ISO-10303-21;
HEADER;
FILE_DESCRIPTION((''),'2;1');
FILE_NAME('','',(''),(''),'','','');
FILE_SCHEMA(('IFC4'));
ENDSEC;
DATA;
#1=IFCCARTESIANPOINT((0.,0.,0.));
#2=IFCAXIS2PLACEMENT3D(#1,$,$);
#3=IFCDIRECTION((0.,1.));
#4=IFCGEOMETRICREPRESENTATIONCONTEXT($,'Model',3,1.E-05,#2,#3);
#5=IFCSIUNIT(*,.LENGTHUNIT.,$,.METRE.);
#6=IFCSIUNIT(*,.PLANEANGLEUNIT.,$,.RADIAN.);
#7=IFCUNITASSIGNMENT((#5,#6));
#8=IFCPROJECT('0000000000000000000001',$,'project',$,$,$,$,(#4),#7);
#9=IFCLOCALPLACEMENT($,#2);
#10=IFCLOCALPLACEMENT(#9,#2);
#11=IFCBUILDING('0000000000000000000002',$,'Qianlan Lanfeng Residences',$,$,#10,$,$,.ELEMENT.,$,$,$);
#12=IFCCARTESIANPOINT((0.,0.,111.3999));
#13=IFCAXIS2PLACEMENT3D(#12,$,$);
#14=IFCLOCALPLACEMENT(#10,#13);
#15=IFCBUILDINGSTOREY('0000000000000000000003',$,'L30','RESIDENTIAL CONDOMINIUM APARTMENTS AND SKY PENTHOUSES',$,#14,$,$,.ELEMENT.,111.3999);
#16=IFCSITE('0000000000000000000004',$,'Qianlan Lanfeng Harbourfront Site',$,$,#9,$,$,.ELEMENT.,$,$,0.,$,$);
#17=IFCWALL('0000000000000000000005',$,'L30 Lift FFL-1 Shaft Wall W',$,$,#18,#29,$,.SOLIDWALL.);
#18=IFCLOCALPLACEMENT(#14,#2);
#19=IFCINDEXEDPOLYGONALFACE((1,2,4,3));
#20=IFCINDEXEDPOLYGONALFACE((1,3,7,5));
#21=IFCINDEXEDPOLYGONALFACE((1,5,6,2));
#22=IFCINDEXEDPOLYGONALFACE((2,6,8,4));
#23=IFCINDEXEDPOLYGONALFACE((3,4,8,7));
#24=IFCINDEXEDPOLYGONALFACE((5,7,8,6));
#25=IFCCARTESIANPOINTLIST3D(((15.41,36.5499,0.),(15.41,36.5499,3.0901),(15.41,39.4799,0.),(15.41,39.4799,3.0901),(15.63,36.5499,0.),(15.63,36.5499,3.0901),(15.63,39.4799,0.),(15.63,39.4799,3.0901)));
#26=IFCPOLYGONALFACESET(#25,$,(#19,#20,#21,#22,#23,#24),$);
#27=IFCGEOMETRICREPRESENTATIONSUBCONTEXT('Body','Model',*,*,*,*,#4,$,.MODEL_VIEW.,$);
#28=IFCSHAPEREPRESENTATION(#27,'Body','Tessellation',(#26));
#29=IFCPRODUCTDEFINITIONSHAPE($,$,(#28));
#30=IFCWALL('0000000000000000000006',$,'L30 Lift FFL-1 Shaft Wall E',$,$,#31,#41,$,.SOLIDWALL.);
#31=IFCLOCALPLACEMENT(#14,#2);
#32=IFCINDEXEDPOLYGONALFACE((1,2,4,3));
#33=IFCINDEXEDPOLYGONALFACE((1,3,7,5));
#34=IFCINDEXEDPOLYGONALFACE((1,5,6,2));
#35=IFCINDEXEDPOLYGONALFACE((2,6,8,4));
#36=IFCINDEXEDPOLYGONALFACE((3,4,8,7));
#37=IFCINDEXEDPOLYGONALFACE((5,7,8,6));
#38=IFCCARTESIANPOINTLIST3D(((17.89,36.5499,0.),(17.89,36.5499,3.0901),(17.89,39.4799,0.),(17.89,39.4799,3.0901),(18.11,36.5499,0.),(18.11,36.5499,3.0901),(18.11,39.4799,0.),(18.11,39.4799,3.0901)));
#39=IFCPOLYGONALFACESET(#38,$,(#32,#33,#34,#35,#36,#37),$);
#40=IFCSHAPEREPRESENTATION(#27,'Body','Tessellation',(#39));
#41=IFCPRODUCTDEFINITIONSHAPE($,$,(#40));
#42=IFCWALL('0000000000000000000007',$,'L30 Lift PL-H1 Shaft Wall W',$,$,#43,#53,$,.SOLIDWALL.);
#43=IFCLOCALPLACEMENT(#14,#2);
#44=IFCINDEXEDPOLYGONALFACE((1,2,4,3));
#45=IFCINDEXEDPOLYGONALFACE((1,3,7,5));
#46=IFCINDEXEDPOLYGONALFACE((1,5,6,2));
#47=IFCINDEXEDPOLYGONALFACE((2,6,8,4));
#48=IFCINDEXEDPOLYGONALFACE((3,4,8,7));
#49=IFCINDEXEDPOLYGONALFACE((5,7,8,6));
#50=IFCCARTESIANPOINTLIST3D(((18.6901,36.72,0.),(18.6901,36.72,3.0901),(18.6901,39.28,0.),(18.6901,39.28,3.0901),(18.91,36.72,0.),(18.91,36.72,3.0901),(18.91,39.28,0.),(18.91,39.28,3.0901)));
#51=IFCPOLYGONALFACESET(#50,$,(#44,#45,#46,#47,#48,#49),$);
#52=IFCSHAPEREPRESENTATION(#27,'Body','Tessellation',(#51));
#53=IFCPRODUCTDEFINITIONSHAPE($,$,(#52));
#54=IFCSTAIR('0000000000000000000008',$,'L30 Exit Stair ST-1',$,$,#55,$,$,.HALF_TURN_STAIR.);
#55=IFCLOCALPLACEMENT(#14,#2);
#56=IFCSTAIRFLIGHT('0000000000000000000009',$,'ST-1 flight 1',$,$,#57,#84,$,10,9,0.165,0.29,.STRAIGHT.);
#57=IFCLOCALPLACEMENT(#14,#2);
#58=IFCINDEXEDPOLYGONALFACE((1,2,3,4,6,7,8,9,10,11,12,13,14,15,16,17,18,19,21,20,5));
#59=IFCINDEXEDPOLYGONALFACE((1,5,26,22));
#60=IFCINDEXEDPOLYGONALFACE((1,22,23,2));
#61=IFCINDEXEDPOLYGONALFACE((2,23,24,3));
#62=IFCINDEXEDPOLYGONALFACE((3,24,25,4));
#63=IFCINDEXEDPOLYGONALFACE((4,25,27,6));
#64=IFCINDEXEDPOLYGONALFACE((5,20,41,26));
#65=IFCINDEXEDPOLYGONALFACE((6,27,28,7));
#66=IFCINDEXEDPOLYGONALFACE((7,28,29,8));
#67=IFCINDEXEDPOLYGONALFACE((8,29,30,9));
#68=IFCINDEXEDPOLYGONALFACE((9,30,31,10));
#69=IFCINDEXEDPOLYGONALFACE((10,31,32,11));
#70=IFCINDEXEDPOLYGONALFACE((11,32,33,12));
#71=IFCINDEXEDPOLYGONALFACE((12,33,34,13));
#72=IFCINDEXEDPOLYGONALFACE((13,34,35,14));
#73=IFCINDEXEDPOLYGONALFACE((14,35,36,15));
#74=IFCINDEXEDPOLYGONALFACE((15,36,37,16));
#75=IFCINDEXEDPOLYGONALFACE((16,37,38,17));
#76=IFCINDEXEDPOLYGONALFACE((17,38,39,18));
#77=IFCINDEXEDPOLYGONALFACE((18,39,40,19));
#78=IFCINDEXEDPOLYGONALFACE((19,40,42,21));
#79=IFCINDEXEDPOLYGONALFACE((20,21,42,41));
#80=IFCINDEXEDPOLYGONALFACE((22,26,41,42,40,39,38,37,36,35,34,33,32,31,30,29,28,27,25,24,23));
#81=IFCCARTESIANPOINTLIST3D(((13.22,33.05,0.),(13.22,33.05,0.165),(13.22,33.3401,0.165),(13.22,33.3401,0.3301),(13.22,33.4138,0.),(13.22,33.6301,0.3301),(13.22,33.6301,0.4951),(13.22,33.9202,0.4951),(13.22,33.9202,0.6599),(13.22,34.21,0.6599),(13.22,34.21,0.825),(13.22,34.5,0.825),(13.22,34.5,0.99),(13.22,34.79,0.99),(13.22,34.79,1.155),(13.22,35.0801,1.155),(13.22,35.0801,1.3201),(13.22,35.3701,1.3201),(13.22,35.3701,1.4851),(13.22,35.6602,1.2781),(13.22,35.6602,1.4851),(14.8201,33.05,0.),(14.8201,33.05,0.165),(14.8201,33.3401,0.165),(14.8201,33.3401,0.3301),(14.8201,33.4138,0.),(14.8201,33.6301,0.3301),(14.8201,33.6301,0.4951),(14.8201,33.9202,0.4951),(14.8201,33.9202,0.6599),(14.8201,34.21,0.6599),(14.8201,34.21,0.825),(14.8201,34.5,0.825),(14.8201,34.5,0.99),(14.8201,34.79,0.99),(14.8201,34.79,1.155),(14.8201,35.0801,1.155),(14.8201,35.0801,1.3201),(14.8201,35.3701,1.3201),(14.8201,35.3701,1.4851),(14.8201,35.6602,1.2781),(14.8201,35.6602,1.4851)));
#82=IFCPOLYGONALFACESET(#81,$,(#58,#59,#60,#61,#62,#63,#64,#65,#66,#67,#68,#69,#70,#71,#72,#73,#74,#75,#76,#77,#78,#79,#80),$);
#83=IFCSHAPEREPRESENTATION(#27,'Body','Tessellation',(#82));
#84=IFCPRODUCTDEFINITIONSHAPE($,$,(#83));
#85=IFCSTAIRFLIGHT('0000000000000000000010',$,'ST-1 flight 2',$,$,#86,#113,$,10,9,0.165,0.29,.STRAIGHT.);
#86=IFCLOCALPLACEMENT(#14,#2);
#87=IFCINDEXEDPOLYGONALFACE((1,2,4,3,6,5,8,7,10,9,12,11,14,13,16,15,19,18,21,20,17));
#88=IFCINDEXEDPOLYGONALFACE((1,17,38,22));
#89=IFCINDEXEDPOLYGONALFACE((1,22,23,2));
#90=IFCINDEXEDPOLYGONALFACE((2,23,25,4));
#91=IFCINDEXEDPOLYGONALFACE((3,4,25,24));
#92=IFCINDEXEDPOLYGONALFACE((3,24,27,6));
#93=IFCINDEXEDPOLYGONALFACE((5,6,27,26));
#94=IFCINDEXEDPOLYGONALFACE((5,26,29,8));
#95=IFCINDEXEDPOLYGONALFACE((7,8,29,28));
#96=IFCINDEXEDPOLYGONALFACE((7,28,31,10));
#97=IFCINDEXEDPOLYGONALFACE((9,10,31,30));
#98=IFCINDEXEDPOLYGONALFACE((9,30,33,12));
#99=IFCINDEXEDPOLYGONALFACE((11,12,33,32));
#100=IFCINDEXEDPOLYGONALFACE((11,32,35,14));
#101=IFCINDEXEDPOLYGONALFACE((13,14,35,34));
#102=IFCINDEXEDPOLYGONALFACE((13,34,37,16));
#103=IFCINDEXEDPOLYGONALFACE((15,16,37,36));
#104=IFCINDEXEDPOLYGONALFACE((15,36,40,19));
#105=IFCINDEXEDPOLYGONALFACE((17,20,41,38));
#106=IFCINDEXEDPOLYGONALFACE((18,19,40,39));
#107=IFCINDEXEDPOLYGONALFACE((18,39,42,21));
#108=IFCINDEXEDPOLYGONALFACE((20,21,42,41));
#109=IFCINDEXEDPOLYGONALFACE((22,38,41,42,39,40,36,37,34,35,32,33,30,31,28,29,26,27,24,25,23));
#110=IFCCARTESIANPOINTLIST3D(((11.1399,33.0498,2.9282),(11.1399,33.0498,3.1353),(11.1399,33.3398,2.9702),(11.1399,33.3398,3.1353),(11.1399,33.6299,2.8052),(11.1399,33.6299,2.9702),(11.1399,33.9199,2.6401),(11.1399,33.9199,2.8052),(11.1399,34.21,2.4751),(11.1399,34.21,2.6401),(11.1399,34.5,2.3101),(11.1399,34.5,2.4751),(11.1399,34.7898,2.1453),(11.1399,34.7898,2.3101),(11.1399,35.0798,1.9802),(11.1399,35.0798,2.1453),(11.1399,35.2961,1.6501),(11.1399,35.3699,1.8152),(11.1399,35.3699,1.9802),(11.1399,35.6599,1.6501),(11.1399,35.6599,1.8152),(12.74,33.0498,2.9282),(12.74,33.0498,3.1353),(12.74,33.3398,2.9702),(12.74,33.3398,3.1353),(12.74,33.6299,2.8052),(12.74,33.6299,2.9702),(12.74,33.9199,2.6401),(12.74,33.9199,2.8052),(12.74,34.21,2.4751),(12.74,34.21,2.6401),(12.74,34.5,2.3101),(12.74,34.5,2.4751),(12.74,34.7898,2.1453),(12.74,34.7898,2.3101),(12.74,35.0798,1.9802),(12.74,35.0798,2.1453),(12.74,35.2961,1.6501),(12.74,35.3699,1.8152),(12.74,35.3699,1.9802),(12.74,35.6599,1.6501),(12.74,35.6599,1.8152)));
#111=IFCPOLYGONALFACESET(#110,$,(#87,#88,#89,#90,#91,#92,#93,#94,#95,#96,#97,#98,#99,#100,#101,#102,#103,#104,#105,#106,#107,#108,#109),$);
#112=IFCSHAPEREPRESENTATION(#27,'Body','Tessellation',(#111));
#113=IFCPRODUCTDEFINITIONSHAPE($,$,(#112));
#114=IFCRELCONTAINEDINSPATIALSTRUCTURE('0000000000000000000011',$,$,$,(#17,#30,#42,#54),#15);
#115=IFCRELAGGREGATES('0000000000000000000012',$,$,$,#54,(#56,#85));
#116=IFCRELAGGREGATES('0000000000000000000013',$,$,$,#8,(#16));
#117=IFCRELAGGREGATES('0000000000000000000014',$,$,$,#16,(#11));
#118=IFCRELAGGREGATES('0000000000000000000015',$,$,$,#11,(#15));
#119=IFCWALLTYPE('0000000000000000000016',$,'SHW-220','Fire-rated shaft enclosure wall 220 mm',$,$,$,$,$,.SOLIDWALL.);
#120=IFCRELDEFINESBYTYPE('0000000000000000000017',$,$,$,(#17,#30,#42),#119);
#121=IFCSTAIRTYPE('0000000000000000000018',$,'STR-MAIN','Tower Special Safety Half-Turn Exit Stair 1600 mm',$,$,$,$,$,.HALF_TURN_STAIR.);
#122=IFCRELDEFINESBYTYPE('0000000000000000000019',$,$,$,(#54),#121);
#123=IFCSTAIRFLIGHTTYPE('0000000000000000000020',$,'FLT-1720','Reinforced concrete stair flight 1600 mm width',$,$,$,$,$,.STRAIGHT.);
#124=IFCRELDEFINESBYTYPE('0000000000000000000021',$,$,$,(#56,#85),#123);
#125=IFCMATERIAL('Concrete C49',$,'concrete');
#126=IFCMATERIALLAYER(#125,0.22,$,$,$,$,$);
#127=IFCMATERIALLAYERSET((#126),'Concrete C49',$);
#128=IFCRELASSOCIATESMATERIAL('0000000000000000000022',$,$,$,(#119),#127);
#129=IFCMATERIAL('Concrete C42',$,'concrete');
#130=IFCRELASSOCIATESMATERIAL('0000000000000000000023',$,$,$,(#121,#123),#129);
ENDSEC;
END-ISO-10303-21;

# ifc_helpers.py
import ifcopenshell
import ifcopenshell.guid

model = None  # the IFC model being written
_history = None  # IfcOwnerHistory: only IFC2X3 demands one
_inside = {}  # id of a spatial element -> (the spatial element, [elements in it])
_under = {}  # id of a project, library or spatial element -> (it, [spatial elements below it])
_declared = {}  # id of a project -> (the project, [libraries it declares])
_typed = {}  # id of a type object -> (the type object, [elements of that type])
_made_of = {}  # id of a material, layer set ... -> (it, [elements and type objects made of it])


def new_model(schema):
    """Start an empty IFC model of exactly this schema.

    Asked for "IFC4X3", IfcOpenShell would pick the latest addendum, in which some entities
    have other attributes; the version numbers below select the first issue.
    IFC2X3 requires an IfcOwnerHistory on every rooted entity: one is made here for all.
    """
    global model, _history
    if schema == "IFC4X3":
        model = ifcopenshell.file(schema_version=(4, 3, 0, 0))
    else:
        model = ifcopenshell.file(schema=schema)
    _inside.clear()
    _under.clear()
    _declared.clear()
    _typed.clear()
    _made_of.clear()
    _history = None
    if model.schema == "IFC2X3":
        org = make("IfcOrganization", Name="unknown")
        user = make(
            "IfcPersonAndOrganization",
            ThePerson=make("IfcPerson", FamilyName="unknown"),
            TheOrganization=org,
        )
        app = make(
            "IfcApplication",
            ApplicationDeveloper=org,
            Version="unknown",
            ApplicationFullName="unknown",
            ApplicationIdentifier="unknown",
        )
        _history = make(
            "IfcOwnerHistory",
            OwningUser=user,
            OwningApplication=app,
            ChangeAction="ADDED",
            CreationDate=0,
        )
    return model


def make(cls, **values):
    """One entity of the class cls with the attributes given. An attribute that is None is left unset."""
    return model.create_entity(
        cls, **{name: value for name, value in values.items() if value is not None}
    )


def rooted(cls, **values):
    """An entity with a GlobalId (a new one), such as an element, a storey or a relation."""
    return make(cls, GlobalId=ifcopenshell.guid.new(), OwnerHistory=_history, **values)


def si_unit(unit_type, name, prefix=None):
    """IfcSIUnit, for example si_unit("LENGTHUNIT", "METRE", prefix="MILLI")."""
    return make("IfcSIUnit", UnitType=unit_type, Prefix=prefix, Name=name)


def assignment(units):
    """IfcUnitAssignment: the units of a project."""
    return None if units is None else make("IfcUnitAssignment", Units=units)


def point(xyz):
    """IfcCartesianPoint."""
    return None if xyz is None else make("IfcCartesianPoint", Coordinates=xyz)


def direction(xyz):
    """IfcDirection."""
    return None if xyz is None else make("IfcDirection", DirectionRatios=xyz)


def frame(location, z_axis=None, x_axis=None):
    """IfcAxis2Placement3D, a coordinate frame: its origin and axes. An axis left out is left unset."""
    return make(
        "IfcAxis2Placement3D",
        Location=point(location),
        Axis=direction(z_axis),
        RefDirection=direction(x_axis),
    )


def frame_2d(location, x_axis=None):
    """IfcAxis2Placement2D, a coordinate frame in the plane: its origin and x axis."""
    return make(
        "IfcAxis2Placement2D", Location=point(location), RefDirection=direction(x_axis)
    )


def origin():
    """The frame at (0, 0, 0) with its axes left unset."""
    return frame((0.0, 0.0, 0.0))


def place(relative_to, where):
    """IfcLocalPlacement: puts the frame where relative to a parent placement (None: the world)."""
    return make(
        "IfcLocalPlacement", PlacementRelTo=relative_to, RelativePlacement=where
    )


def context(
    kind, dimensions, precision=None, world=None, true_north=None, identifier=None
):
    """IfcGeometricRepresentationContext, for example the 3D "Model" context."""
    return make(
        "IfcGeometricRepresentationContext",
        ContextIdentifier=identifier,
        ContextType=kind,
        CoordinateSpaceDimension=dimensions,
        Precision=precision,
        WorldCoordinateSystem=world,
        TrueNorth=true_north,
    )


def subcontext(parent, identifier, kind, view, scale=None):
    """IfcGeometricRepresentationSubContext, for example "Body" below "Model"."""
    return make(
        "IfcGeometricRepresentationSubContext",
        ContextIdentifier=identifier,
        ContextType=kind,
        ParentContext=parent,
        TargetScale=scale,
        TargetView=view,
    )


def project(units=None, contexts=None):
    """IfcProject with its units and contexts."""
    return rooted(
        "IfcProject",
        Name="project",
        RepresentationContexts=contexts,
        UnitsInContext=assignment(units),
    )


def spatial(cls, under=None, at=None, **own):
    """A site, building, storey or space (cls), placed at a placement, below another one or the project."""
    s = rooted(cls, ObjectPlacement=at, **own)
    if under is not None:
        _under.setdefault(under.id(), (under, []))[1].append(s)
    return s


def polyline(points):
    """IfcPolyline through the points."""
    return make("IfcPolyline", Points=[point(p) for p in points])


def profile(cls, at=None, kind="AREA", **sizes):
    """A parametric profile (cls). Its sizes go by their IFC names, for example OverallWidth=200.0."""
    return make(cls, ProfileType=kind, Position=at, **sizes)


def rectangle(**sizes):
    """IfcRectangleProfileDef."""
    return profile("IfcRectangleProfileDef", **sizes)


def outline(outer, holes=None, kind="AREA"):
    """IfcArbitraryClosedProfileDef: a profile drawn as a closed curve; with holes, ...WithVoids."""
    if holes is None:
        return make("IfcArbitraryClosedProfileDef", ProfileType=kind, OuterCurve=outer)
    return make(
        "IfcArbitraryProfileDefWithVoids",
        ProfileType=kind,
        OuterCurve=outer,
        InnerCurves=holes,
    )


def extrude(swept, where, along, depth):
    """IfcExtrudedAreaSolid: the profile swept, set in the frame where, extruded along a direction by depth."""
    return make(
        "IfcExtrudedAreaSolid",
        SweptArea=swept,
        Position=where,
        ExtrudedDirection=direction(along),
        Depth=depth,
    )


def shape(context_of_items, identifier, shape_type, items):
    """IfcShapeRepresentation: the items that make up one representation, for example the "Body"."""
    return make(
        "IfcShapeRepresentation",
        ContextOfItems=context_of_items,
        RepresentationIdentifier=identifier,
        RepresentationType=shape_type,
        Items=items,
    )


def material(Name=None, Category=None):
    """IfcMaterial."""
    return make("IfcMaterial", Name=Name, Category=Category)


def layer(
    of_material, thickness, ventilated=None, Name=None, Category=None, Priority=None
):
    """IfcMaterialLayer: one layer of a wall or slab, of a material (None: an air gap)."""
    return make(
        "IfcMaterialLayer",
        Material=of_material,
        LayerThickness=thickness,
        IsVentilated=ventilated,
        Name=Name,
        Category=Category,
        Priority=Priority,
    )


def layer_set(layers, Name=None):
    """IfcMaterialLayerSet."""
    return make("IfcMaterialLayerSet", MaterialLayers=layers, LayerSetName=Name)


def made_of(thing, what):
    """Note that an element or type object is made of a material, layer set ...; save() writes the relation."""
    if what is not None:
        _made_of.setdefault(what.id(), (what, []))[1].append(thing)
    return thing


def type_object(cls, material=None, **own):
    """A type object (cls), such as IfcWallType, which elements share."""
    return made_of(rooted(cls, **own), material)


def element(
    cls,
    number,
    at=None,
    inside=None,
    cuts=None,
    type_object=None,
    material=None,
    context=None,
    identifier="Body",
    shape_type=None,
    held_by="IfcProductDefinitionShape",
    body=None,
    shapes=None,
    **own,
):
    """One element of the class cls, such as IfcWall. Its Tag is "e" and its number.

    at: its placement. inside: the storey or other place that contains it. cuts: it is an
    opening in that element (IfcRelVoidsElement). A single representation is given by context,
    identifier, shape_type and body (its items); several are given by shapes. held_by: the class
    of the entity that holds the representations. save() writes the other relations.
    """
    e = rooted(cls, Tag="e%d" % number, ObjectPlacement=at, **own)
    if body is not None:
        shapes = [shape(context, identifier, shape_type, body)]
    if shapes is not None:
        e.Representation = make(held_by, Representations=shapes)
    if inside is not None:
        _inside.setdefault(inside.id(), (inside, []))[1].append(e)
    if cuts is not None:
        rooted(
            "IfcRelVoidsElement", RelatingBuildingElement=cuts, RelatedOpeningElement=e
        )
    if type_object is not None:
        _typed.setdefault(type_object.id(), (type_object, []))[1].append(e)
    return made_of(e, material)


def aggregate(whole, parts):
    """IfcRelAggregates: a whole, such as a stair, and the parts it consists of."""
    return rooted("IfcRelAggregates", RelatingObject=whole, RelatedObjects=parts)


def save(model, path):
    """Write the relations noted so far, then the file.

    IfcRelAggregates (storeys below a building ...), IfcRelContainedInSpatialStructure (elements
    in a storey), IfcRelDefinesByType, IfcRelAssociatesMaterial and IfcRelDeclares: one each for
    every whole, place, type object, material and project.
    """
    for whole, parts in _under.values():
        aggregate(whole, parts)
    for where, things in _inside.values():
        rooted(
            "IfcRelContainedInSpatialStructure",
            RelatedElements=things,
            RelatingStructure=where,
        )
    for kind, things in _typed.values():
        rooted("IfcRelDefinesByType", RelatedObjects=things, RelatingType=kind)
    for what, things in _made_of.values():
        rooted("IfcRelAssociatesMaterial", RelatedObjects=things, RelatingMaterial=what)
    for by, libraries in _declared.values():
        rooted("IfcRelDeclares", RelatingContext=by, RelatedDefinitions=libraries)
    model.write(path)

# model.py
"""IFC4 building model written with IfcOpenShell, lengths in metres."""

from ifc_helpers import new_model, si_unit, direction, frame, frame_2d, origin, place, context, subcontext, project, spatial, polyline, rectangle, outline, extrude, material, layer, layer_set, type_object, element, aggregate, save


model = new_model("IFC4")

# Units and contexts
model_context = context("Model", 3, precision=1e-05, world=origin(), true_north=direction((0.0, 1.0)))
body_context = subcontext(model_context, "Body", "Model", "MODEL_VIEW")
ifc_project = project(units=[si_unit("LENGTHUNIT", "METRE"), si_unit("PLANEANGLEUNIT", "RADIAN")], contexts=[model_context])

# Site, building, storey
site_placement = place(None, origin())
site = spatial("IfcSite", under=ifc_project, at=site_placement, Name="Qianlan Lanfeng Harbourfront Site", CompositionType="ELEMENT", RefElevation=0.0)
building_placement = place(site_placement, origin())
building = spatial("IfcBuilding", under=site, at=building_placement, Name="Qianlan Lanfeng Residences", CompositionType="ELEMENT")
storey_placement = place(building_placement, frame((0.0, 0.0, 111.3999)))
storey = spatial("IfcBuildingStorey", under=building, at=storey_placement, Name="L30", Description="RESIDENTIAL CONDOMINIUM APARTMENTS AND SKY PENTHOUSES", CompositionType="ELEMENT", Elevation=111.3999)

# Walls
ifc_material_1 = material(Name="Concrete C49", Category="concrete")
ifc_layer_1 = layer(ifc_material_1, 0.22)
ifc_layer_set_1 = layer_set([ifc_layer_1], Name="Concrete C49")
wall_type_1 = type_object("IfcWallType", Name="SHW-220", Description="Fire-rated shaft enclosure wall 220 mm", PredefinedType="SOLIDWALL", material=ifc_layer_set_1)
for number, where, z_axis, x_axis, name in (
    (1, (15.52, 36.55, 0.0), (0.0, 0.0, 1.0), (0.0, 1.0, 0.0), "L30 Lift FFL-1 Shaft Wall W"),
    (2, (18.0, 36.55, 0.0), (0.0, 0.0, 1.0), (0.0, 1.0, 0.0), "L30 Lift FFL-1 Shaft Wall E"),
):
    element("IfcWall", number, at=place(storey_placement, frame(where, z_axis=z_axis, x_axis=x_axis)), inside=storey, type_object=wall_type_1, Name=name, PredefinedType="SOLIDWALL", context=body_context, shape_type="SweptSolid", body=[
        extrude(rectangle(XDim=2.9299, YDim=0.22, at=frame_2d((1.4648, 0.0))), origin(), (0.0, 0.0, 1.0), 3.0901),
    ])
wall_1_placement = place(storey_placement, frame((18.8, 36.72, 0.0), z_axis=(0.0, 0.0, 1.0), x_axis=(0.0, 1.0, 0.0)))
element("IfcWall", 3, at=wall_1_placement, inside=storey, type_object=wall_type_1, Name="L30 Lift PL-H1 Shaft Wall W", PredefinedType="SOLIDWALL", context=body_context, shape_type="SweptSolid", body=[
    extrude(rectangle(XDim=2.5601, YDim=0.22, at=frame_2d((1.28, 0.0))), origin(), (0.0, 0.0, 1.0), 3.0901),
])

# Stair, stair flights
ifc_material_2 = material(Name="Concrete C42", Category="concrete")
stair_type = type_object("IfcStairType", Name="STR-MAIN", Description="Tower Special Safety Half-Turn Exit Stair 1600 mm", PredefinedType="HALF_TURN_STAIR", material=ifc_material_2)
stair_placement = place(storey_placement, origin())
stair = element("IfcStair", 4, at=stair_placement, inside=storey, type_object=stair_type, Name="L30 Exit Stair ST-1", PredefinedType="HALF_TURN_STAIR")
stair_flight_type = type_object("IfcStairFlightType", Name="FLT-1720", Description="Reinforced concrete stair flight 1600 mm width", PredefinedType="STRAIGHT", material=ifc_material_2)
stair_flight_1_placement = place(storey_placement, frame((14.02, 33.05, 0.0), z_axis=(0.0, 0.0, 1.0), x_axis=(0.0, 1.0, 0.0)))
stair_flight_1 = element("IfcStairFlight", 5, at=stair_flight_1_placement, type_object=stair_flight_type, Name="ST-1 flight 1", NumberOfRisers=10, NumberOfTreads=9, PredefinedType="STRAIGHT", RiserHeight=0.165, TreadLength=0.29, context=body_context, shape_type="SweptSolid", body=[
    extrude(outline(polyline([(0.0, 0.0), (0.0, 0.165), (0.29, 0.165), (0.29, 0.3301), (0.5801, 0.3301), (0.5801, 0.4951), (0.8701, 0.4951), (0.8701, 0.6599), (1.1599, 0.6599), (1.1599, 0.825), (1.45, 0.825), (1.45, 0.99), (1.74, 0.99), (1.74, 1.155), (2.03, 1.155), (2.03, 1.3201), (2.3201, 1.3201), (2.3201, 1.4851), (2.6101, 1.4851), (2.6101, 1.6499), (2.6101, 1.2781), (0.3638, 0.0), (0.0, 0.0)])), frame((0.0, 0.8, 0.0), z_axis=(0.0, -1.0, 0.0), x_axis=(1.0, 0.0, 0.0)), (0.0, 0.0, 1.0), 1.6001),
])
stair_flight_2_placement = place(storey_placement, frame((11.9399, 35.6599, 1.6501), z_axis=(0.0, 0.0, 1.0), x_axis=(0.0, -1.0, 0.0)))
stair_flight_2 = element("IfcStairFlight", 6, at=stair_flight_2_placement, type_object=stair_flight_type, Name="ST-1 flight 2", NumberOfRisers=10, NumberOfTreads=9, PredefinedType="STRAIGHT", RiserHeight=0.165, TreadLength=0.29, context=body_context, shape_type="SweptSolid", body=[
    extrude(outline(polyline([(0.0, 0.0), (0.0, 0.165), (0.29, 0.165), (0.29, 0.3301), (0.5801, 0.3301), (0.5801, 0.4951), (0.8701, 0.4951), (0.8701, 0.6599), (1.1599, 0.6599), (1.1599, 0.825), (1.45, 0.825), (1.45, 0.99), (1.74, 0.99), (1.74, 1.155), (2.03, 1.155), (2.03, 1.3201), (2.3201, 1.3201), (2.3201, 1.4851), (2.6101, 1.4851), (2.6101, 1.6499), (2.6101, 1.2781), (0.3638, 0.0), (0.0, 0.0)])), frame((0.0, 0.8, 0.0), z_axis=(0.0, -1.0, 0.0), x_axis=(1.0, 0.0, 0.0)), (0.0, 0.0, 1.0), 1.6001),
])
aggregate(stair, [stair_flight_1, stair_flight_2])

save(model, "model.ifc")
